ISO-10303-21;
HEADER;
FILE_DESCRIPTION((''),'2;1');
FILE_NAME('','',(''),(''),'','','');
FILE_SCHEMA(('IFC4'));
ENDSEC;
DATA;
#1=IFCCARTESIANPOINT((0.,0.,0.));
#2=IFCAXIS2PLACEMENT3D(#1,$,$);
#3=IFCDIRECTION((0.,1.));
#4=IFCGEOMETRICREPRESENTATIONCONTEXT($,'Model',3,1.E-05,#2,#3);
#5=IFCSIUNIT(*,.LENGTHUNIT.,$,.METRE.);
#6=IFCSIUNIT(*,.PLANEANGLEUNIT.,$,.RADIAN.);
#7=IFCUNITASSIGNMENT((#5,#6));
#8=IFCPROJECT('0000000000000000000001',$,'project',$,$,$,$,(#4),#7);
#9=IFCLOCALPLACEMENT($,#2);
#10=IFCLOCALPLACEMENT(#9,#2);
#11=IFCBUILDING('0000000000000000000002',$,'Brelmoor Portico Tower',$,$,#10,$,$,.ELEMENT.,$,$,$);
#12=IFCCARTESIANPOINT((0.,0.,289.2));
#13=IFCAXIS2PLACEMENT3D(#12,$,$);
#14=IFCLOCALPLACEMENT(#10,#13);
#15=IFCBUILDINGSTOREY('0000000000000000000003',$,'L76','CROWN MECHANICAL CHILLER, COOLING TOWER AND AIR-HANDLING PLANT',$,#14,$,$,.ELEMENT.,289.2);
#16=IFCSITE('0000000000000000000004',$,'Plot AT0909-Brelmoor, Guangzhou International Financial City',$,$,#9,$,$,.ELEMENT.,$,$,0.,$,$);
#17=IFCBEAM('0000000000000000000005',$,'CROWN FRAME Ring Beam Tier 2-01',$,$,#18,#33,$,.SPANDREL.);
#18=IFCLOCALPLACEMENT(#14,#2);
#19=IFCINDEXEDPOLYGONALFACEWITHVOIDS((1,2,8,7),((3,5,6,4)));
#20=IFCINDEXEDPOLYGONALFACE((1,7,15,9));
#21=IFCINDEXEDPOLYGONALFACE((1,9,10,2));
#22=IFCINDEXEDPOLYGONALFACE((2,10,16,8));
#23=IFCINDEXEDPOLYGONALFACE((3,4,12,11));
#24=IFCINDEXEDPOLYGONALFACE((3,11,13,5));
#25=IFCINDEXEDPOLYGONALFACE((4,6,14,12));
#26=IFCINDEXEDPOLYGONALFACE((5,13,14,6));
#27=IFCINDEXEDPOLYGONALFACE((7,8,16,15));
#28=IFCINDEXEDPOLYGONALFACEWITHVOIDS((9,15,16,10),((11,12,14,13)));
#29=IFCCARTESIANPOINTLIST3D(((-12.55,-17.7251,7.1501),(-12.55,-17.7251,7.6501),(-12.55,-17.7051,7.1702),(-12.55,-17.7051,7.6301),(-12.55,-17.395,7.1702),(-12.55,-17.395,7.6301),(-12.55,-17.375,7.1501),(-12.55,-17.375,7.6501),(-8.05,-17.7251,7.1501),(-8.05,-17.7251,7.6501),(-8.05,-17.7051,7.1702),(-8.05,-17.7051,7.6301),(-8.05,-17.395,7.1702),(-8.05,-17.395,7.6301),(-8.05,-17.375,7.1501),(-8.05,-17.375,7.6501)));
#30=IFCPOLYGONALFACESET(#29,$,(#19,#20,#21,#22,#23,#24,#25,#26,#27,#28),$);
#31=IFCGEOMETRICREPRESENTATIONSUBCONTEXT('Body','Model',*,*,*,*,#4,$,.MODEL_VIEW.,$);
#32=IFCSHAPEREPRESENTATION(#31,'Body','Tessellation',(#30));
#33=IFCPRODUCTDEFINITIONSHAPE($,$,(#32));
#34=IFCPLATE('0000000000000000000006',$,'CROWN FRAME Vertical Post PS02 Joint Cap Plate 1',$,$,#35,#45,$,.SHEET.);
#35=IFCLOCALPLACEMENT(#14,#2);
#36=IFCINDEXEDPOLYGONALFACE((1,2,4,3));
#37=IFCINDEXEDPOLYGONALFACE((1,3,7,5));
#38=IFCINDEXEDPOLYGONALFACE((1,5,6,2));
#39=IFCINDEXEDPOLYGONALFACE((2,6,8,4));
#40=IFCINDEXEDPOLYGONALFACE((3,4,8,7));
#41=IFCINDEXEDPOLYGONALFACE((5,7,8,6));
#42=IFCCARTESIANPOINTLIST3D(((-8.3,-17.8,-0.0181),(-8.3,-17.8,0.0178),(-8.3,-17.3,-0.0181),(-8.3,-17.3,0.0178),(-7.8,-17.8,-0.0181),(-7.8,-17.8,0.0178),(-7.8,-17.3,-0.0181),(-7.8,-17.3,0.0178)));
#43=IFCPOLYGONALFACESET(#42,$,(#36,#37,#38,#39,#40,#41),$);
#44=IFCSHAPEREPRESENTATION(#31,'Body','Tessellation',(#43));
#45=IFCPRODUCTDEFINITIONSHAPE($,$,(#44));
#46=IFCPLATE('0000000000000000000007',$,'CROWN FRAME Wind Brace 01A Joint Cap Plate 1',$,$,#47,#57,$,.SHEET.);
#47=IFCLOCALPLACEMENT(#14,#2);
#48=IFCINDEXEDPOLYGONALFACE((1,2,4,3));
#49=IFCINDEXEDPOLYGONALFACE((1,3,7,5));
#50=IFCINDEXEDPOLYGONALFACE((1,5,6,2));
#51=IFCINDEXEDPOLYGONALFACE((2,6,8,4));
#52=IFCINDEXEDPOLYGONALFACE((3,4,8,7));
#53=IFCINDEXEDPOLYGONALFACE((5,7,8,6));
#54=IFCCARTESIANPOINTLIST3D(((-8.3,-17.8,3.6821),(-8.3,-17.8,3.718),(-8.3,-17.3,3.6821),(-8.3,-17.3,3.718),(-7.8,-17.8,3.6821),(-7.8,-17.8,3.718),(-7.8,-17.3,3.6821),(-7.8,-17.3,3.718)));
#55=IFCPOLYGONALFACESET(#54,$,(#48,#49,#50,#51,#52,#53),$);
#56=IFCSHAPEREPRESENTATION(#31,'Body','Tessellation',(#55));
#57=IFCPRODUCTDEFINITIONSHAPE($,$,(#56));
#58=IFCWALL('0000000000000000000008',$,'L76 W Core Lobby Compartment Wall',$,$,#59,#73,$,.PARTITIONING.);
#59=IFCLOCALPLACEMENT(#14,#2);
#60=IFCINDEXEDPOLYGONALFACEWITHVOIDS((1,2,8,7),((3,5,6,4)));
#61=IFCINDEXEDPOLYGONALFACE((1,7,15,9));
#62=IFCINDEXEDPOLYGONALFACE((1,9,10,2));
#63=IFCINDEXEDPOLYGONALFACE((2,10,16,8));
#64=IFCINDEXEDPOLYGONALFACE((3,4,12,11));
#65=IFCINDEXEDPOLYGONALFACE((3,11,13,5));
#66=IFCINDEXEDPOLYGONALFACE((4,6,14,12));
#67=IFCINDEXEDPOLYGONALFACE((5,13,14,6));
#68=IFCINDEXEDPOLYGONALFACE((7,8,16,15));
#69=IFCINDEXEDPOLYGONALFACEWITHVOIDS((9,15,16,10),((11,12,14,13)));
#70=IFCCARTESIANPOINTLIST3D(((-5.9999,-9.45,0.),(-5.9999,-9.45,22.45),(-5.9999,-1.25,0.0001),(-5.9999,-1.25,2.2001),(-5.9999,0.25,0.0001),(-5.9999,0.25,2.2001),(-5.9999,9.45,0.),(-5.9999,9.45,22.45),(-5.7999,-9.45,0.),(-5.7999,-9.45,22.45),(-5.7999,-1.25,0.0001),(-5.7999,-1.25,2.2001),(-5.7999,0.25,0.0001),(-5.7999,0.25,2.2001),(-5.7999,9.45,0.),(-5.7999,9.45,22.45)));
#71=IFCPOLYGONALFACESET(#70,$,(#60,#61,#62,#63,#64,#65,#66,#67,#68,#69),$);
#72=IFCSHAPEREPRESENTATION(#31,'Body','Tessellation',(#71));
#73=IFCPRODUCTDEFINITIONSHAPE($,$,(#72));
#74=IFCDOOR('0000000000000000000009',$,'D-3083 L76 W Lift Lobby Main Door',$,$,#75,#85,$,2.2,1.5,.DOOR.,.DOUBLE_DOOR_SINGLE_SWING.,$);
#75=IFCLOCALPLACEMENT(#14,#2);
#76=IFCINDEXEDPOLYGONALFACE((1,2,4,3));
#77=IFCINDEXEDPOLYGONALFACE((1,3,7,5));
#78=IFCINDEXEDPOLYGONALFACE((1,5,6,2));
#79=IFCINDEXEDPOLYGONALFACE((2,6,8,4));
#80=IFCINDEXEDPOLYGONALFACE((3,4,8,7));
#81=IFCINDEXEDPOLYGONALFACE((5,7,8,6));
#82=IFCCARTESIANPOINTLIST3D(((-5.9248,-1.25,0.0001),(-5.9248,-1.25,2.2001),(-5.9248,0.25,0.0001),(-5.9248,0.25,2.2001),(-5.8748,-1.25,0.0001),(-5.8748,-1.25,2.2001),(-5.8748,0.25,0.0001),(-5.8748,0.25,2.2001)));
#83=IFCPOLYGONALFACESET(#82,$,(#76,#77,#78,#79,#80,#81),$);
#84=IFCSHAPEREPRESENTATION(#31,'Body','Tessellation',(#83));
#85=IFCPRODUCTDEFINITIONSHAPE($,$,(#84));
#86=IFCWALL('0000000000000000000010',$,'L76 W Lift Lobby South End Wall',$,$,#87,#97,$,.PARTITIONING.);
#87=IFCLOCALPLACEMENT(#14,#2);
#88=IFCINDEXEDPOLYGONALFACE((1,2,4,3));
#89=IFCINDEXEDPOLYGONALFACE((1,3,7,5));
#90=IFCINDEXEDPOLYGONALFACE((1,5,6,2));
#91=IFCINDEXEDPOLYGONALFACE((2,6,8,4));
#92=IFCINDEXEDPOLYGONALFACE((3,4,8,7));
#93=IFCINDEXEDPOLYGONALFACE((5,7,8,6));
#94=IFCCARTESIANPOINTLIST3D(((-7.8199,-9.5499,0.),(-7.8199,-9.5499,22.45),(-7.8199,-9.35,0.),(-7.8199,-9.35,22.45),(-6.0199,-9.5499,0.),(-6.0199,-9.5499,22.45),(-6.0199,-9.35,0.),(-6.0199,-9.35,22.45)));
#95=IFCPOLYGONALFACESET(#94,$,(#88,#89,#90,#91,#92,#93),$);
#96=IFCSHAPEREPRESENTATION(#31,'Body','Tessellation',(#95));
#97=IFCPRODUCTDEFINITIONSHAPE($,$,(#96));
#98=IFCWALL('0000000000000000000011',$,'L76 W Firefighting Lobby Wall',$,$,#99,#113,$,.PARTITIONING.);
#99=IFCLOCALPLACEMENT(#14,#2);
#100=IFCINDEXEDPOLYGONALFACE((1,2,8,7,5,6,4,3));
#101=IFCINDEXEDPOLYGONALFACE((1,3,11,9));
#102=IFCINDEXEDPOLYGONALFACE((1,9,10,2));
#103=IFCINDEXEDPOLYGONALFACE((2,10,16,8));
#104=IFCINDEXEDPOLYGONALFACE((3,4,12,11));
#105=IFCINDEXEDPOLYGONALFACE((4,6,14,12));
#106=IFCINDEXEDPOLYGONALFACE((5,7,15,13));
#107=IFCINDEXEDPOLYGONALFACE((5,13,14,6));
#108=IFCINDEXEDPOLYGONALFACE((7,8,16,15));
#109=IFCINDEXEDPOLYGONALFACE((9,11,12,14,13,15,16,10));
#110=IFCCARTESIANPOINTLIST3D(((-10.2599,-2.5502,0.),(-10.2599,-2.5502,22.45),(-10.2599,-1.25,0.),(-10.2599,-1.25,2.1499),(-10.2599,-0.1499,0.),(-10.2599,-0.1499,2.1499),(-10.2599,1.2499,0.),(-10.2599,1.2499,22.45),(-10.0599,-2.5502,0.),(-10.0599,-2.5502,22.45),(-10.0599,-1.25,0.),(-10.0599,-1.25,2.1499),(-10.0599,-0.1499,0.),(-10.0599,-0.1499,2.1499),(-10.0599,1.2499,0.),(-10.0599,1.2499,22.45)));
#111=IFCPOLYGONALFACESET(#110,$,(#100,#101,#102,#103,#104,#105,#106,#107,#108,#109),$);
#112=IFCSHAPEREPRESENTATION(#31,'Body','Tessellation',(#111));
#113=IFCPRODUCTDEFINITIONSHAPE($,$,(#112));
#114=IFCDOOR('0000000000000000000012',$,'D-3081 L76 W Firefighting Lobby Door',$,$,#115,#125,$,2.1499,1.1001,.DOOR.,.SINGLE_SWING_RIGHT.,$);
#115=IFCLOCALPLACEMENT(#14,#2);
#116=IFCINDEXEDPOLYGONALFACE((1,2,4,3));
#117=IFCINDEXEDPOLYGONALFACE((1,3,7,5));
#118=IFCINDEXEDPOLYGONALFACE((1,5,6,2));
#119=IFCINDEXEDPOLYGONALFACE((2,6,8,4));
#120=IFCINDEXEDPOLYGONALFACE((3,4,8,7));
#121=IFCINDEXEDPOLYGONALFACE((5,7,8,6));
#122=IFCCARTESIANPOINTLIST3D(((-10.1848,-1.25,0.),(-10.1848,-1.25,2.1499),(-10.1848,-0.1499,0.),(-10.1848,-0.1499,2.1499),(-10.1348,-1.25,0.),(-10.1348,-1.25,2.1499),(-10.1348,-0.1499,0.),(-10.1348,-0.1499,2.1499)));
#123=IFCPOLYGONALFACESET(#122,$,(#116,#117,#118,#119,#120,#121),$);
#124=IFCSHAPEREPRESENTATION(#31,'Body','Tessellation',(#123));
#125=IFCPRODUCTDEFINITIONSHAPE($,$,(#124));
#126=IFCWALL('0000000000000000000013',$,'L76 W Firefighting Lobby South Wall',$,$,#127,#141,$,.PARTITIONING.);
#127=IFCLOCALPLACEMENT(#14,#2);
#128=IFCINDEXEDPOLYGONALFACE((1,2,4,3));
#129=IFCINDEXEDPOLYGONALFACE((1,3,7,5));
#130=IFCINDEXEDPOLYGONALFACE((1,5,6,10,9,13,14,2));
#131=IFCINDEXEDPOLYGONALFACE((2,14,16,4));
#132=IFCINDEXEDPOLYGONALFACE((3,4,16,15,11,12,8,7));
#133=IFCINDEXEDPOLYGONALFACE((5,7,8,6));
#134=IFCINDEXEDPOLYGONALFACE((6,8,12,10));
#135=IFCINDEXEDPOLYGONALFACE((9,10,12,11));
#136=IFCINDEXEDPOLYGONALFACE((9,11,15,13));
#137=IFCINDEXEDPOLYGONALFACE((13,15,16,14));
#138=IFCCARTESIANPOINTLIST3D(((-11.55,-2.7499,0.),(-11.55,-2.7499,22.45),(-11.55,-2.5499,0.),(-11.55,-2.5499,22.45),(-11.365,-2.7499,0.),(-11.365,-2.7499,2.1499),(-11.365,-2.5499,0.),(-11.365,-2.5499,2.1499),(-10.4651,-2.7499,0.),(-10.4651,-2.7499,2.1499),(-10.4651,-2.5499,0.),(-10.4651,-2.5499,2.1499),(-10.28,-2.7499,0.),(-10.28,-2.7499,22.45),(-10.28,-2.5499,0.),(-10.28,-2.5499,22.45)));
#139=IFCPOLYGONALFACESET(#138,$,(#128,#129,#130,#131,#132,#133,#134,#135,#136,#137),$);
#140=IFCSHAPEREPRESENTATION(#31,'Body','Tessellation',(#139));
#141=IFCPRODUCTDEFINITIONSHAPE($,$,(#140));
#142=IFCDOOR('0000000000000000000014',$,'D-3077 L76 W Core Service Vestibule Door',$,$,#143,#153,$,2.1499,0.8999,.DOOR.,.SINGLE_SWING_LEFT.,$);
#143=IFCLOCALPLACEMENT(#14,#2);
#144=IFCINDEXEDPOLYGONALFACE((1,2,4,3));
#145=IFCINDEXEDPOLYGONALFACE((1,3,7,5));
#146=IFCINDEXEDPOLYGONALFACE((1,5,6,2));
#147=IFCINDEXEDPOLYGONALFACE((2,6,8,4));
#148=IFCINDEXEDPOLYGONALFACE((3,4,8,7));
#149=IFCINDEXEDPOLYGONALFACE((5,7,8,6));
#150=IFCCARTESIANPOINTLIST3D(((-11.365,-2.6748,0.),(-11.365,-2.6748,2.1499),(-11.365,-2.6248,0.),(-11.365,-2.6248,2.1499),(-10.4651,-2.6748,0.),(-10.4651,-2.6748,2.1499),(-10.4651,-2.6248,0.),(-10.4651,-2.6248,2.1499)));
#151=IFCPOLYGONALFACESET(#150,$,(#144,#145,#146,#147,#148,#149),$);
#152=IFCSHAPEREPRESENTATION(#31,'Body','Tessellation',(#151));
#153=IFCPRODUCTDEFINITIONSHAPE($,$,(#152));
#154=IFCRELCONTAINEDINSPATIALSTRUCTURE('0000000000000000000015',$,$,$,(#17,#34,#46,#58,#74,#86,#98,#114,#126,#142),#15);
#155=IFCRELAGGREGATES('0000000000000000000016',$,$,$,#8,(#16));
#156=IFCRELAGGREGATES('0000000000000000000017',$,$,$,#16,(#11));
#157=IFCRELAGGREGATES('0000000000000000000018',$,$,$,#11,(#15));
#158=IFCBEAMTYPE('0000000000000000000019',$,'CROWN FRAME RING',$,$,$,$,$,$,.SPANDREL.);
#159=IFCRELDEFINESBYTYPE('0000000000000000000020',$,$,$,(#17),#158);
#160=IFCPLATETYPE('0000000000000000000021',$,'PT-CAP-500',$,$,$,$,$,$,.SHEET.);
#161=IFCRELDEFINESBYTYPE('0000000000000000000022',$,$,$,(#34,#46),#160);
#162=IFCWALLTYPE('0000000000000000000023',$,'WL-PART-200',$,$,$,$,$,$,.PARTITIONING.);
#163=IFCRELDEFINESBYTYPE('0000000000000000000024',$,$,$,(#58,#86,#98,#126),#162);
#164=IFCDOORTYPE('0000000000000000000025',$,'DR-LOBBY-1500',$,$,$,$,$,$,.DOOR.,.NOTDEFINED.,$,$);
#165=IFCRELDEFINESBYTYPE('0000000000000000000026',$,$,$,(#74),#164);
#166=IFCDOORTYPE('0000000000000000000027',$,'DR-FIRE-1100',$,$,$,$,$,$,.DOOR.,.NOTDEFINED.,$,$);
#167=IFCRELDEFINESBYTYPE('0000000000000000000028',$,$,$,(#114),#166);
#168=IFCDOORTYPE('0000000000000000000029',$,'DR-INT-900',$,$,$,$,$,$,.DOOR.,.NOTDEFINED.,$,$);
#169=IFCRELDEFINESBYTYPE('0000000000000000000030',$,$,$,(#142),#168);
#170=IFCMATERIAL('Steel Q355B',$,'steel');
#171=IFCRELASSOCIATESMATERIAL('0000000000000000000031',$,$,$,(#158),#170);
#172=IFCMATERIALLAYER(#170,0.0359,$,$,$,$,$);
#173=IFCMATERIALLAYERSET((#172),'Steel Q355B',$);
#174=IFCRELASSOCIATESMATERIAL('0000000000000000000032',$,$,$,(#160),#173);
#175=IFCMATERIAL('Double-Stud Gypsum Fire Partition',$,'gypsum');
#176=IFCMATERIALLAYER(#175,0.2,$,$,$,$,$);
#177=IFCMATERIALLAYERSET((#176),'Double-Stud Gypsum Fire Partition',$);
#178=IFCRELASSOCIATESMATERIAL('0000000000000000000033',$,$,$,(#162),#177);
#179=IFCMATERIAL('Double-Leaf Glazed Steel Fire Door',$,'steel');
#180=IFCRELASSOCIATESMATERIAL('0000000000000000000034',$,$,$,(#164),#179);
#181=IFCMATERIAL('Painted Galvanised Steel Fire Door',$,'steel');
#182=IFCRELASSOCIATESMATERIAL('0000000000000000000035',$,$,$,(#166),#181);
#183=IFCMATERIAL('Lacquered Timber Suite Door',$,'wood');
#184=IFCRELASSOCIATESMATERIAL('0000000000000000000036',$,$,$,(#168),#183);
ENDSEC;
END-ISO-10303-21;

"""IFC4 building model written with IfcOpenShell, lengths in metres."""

from ifc_helpers import new_model, si_unit, direction, frame, frame_2d, origin, origin_2d, place, context, subcontext, project, spatial, rectangle, hollow_rectangle, extrude, material, layer, layer_set, material_profile, profile_set, type_object, element, fill, save


model = new_model("IFC4")

# Units and contexts
model_context = context("Model", 3, precision=1e-05, world=origin(), true_north=direction((0.0, 1.0)))
body_context = subcontext(model_context, "Body", "Model", "MODEL_VIEW")
ifc_project = project(units=[si_unit("LENGTHUNIT", "METRE"), si_unit("PLANEANGLEUNIT", "RADIAN")], contexts=[model_context])

# Site, building, storey
site_placement = place(None, origin())
site = spatial("IfcSite", under=ifc_project, at=site_placement, Name="Plot AT0909-Brelmoor, Guangzhou International Financial City", CompositionType="ELEMENT", RefElevation=0.0)
building_placement = place(site_placement, origin())
building = spatial("IfcBuilding", under=site, at=building_placement, Name="Brelmoor Portico Tower", CompositionType="ELEMENT")
storey_placement = place(building_placement, frame((0.0, 0.0, 289.2)))
storey = spatial("IfcBuildingStorey", under=building, at=storey_placement, Name="L76", Description="CROWN MECHANICAL CHILLER, COOLING TOWER AND AIR-HANDLING PLANT", CompositionType="ELEMENT", Elevation=289.2)

# Shared definitions
ifc_material_1 = material(Name="Steel Q355B", Category="steel")

# Beam
ifc_material_profile_1 = material_profile(ifc_material_1, hollow_rectangle(XDim=0.3501, YDim=0.5, WallThickness=0.02, at=origin_2d()), Name="RHS 350x500x20")
ifc_profile_set_1 = profile_set([ifc_material_profile_1], Name="Steel Q355B")
beam_type = type_object("IfcBeamType", Name="CROWN FRAME RING", PredefinedType="SPANDREL", material=ifc_profile_set_1)
beam_1_placement = place(storey_placement, frame((-12.55, -17.55, 7.4001), z_axis=(1.0, 0.0, 0.0), x_axis=(0.0, 1.0, 0.0)))
element("IfcBeam", 1, at=beam_1_placement, inside=storey, type_object=beam_type, Name="CROWN FRAME Ring Beam Tier 2-01", PredefinedType="SPANDREL", context=body_context, shape_type="SweptSolid", body=[
    extrude(hollow_rectangle(XDim=0.3501, YDim=0.5, WallThickness=0.02, at=origin_2d()), origin(), (0.0, 0.0, 1.0), 4.5),
])

# Plates
ifc_layer_1 = layer(ifc_material_1, 0.0359)
ifc_layer_set_1 = layer_set([ifc_layer_1], Name="Steel Q355B")
plate_type = type_object("IfcPlateType", Name="PT-CAP-500", PredefinedType="SHEET", material=ifc_layer_set_1)
for number, where, z_axis, x_axis, name in (
    (2, (-8.05, -17.55, -0.0181), (0.0, 0.0, 1.0), (1.0, 0.0, 0.0), "CROWN FRAME Vertical Post PS02 Joint Cap Plate 1"),
    (3, (-8.05, -17.55, 3.6821), (0.0, 0.0, 1.0), (1.0, 0.0, 0.0), "CROWN FRAME Wind Brace 01A Joint Cap Plate 1"),
):
    element("IfcPlate", number, at=place(storey_placement, frame(where, z_axis=z_axis, x_axis=x_axis)), inside=storey, type_object=plate_type, Name=name, PredefinedType="SHEET", context=body_context, shape_type="SweptSolid", body=[
        extrude(rectangle(XDim=0.5, YDim=0.5, at=origin_2d()), origin(), (0.0, 0.0, 1.0), 0.0359),
    ])

# Wall, opening, door
ifc_material_2 = material(Name="Double-Stud Gypsum Fire Partition", Category="gypsum")
ifc_layer_2 = layer(ifc_material_2, 0.2)
ifc_layer_set_2 = layer_set([ifc_layer_2], Name="Double-Stud Gypsum Fire Partition")
wall_type_1 = type_object("IfcWallType", Name="WL-PART-200", PredefinedType="PARTITIONING", material=ifc_layer_set_2)
wall_1_placement = place(storey_placement, frame((-5.8999, -9.45, 0.0), z_axis=(0.0, 0.0, 1.0), x_axis=(0.0, 1.0, 0.0)))
wall_1 = element("IfcWall", 4, at=wall_1_placement, inside=storey, type_object=wall_type_1, Name="L76 W Core Lobby Compartment Wall", PredefinedType="PARTITIONING", context=body_context, shape_type="SweptSolid", body=[
    extrude(rectangle(XDim=18.8999, YDim=0.2, at=frame_2d((9.45, 0.0))), origin(), (0.0, 0.0, 1.0), 22.45),
])
opening_1_placement = place(wall_1_placement, frame((8.2, 0.0, 0.0)))
opening_1 = element("IfcOpeningElement", 5, at=opening_1_placement, cuts=wall_1, PredefinedType="OPENING", context=body_context, shape_type="SweptSolid", body=[
    extrude(rectangle(XDim=1.5, YDim=2.2, at=frame_2d((0.75, 1.1001))), frame((0.0, 0.1099, 0.0), z_axis=(0.0, -1.0, 0.0), x_axis=(1.0, 0.0, 0.0)), (0.0, 0.0, 1.0), 0.22),
])
ifc_material_3 = material(Name="Double-Leaf Glazed Steel Fire Door", Category="steel")
door_type_1 = type_object("IfcDoorType", Name="DR-LOBBY-1500", OperationType="NOTDEFINED", PredefinedType="DOOR", material=ifc_material_3)
door_1_placement = place(opening_1_placement, origin())
door_1 = element("IfcDoor", 6, at=door_1_placement, inside=storey, type_object=door_type_1, Name="D-3083 L76 W Lift Lobby Main Door", OperationType="DOUBLE_DOOR_SINGLE_SWING", OverallHeight=2.2, OverallWidth=1.5, PredefinedType="DOOR", context=body_context, shape_type="SweptSolid", body=[
    extrude(rectangle(XDim=1.5, YDim=2.2, at=frame_2d((0.75, 1.1001))), frame((0.0, 0.0249, 0.0), z_axis=(0.0, -1.0, 0.0), x_axis=(1.0, 0.0, 0.0)), (0.0, 0.0, 1.0), 0.05),
])
fill(opening_1, door_1)

# Wall
wall_2_placement = place(storey_placement, frame((-6.02, -9.45, 0.0), z_axis=(0.0, 0.0, 1.0), x_axis=(-1.0, 0.0, 0.0)))
element("IfcWall", 7, at=wall_2_placement, inside=storey, type_object=wall_type_1, Name="L76 W Lift Lobby South End Wall", PredefinedType="PARTITIONING", context=body_context, shape_type="SweptSolid", body=[
    extrude(rectangle(XDim=1.8, YDim=0.2, at=frame_2d((0.8999, 0.0))), origin(), (0.0, 0.0, 1.0), 22.45),
])

# Walls, openings, doors
wall_3_placement = place(storey_placement, frame((-10.1599, -2.55, 0.0), z_axis=(0.0, 0.0, 1.0), x_axis=(0.0, 1.0, 0.0)))
wall_3 = element("IfcWall", 8, at=wall_3_placement, inside=storey, type_object=wall_type_1, Name="L76 W Firefighting Lobby Wall", PredefinedType="PARTITIONING", context=body_context, shape_type="SweptSolid", body=[
    extrude(rectangle(XDim=3.8, YDim=0.2, at=frame_2d((1.8999, 0.0))), origin(), (0.0, 0.0, 1.0), 22.45),
])
opening_2_placement = place(wall_3_placement, frame((1.3, 0.0, 0.0)))
opening_2 = element("IfcOpeningElement", 9, at=opening_2_placement, cuts=wall_3, PredefinedType="OPENING", context=body_context, shape_type="SweptSolid", body=[
    extrude(rectangle(XDim=1.1001, YDim=2.1499, at=frame_2d((0.55, 1.075))), frame((0.0, 0.1099, 0.0), z_axis=(0.0, -1.0, 0.0), x_axis=(1.0, 0.0, 0.0)), (0.0, 0.0, 1.0), 0.22),
])
ifc_material_4 = material(Name="Painted Galvanised Steel Fire Door", Category="steel")
door_type_2 = type_object("IfcDoorType", Name="DR-FIRE-1100", OperationType="NOTDEFINED", PredefinedType="DOOR", material=ifc_material_4)
door_2_placement = place(opening_2_placement, origin())
door_2 = element("IfcDoor", 10, at=door_2_placement, inside=storey, type_object=door_type_2, Name="D-3081 L76 W Firefighting Lobby Door", OperationType="SINGLE_SWING_RIGHT", OverallHeight=2.1499, OverallWidth=1.1001, PredefinedType="DOOR", context=body_context, shape_type="SweptSolid", body=[
    extrude(rectangle(XDim=1.1001, YDim=2.1499, at=frame_2d((0.55, 1.075))), frame((0.0, 0.0249, 0.0), z_axis=(0.0, -1.0, 0.0), x_axis=(1.0, 0.0, 0.0)), (0.0, 0.0, 1.0), 0.05),
])
fill(opening_2, door_2)
wall_4_placement = place(storey_placement, frame((-10.28, -2.6499, 0.0), z_axis=(0.0, 0.0, 1.0), x_axis=(-1.0, 0.0, 0.0)))
wall_4 = element("IfcWall", 11, at=wall_4_placement, inside=storey, type_object=wall_type_1, Name="L76 W Firefighting Lobby South Wall", PredefinedType="PARTITIONING", context=body_context, shape_type="SweptSolid", body=[
    extrude(rectangle(XDim=1.27, YDim=0.2, at=frame_2d((0.635, 0.0))), origin(), (0.0, 0.0, 1.0), 22.45),
])
opening_3_placement = place(wall_4_placement, frame((0.1851, 0.0, 0.0)))
opening_3 = element("IfcOpeningElement", 12, at=opening_3_placement, cuts=wall_4, PredefinedType="OPENING", context=body_context, shape_type="SweptSolid", body=[
    extrude(rectangle(XDim=0.8999, YDim=2.1499, at=frame_2d((0.45, 1.075))), frame((0.0, 0.1099, 0.0), z_axis=(0.0, -1.0, 0.0), x_axis=(1.0, 0.0, 0.0)), (0.0, 0.0, 1.0), 0.22),
])
ifc_material_5 = material(Name="Lacquered Timber Suite Door", Category="wood")
door_type_3 = type_object("IfcDoorType", Name="DR-INT-900", OperationType="NOTDEFINED", PredefinedType="DOOR", material=ifc_material_5)
door_3_placement = place(opening_3_placement, origin())
door_3 = element("IfcDoor", 13, at=door_3_placement, inside=storey, type_object=door_type_3, Name="D-3077 L76 W Core Service Vestibule Door", OperationType="SINGLE_SWING_LEFT", OverallHeight=2.1499, OverallWidth=0.8999, PredefinedType="DOOR", context=body_context, shape_type="SweptSolid", body=[
    extrude(rectangle(XDim=0.8999, YDim=2.1499, at=frame_2d((0.45, 1.075))), frame((0.0, 0.0249, 0.0), z_axis=(0.0, -1.0, 0.0), x_axis=(1.0, 0.0, 0.0)), (0.0, 0.0, 1.0), 0.05),
])
fill(opening_3, door_3)

save(model, "model.ifc")
